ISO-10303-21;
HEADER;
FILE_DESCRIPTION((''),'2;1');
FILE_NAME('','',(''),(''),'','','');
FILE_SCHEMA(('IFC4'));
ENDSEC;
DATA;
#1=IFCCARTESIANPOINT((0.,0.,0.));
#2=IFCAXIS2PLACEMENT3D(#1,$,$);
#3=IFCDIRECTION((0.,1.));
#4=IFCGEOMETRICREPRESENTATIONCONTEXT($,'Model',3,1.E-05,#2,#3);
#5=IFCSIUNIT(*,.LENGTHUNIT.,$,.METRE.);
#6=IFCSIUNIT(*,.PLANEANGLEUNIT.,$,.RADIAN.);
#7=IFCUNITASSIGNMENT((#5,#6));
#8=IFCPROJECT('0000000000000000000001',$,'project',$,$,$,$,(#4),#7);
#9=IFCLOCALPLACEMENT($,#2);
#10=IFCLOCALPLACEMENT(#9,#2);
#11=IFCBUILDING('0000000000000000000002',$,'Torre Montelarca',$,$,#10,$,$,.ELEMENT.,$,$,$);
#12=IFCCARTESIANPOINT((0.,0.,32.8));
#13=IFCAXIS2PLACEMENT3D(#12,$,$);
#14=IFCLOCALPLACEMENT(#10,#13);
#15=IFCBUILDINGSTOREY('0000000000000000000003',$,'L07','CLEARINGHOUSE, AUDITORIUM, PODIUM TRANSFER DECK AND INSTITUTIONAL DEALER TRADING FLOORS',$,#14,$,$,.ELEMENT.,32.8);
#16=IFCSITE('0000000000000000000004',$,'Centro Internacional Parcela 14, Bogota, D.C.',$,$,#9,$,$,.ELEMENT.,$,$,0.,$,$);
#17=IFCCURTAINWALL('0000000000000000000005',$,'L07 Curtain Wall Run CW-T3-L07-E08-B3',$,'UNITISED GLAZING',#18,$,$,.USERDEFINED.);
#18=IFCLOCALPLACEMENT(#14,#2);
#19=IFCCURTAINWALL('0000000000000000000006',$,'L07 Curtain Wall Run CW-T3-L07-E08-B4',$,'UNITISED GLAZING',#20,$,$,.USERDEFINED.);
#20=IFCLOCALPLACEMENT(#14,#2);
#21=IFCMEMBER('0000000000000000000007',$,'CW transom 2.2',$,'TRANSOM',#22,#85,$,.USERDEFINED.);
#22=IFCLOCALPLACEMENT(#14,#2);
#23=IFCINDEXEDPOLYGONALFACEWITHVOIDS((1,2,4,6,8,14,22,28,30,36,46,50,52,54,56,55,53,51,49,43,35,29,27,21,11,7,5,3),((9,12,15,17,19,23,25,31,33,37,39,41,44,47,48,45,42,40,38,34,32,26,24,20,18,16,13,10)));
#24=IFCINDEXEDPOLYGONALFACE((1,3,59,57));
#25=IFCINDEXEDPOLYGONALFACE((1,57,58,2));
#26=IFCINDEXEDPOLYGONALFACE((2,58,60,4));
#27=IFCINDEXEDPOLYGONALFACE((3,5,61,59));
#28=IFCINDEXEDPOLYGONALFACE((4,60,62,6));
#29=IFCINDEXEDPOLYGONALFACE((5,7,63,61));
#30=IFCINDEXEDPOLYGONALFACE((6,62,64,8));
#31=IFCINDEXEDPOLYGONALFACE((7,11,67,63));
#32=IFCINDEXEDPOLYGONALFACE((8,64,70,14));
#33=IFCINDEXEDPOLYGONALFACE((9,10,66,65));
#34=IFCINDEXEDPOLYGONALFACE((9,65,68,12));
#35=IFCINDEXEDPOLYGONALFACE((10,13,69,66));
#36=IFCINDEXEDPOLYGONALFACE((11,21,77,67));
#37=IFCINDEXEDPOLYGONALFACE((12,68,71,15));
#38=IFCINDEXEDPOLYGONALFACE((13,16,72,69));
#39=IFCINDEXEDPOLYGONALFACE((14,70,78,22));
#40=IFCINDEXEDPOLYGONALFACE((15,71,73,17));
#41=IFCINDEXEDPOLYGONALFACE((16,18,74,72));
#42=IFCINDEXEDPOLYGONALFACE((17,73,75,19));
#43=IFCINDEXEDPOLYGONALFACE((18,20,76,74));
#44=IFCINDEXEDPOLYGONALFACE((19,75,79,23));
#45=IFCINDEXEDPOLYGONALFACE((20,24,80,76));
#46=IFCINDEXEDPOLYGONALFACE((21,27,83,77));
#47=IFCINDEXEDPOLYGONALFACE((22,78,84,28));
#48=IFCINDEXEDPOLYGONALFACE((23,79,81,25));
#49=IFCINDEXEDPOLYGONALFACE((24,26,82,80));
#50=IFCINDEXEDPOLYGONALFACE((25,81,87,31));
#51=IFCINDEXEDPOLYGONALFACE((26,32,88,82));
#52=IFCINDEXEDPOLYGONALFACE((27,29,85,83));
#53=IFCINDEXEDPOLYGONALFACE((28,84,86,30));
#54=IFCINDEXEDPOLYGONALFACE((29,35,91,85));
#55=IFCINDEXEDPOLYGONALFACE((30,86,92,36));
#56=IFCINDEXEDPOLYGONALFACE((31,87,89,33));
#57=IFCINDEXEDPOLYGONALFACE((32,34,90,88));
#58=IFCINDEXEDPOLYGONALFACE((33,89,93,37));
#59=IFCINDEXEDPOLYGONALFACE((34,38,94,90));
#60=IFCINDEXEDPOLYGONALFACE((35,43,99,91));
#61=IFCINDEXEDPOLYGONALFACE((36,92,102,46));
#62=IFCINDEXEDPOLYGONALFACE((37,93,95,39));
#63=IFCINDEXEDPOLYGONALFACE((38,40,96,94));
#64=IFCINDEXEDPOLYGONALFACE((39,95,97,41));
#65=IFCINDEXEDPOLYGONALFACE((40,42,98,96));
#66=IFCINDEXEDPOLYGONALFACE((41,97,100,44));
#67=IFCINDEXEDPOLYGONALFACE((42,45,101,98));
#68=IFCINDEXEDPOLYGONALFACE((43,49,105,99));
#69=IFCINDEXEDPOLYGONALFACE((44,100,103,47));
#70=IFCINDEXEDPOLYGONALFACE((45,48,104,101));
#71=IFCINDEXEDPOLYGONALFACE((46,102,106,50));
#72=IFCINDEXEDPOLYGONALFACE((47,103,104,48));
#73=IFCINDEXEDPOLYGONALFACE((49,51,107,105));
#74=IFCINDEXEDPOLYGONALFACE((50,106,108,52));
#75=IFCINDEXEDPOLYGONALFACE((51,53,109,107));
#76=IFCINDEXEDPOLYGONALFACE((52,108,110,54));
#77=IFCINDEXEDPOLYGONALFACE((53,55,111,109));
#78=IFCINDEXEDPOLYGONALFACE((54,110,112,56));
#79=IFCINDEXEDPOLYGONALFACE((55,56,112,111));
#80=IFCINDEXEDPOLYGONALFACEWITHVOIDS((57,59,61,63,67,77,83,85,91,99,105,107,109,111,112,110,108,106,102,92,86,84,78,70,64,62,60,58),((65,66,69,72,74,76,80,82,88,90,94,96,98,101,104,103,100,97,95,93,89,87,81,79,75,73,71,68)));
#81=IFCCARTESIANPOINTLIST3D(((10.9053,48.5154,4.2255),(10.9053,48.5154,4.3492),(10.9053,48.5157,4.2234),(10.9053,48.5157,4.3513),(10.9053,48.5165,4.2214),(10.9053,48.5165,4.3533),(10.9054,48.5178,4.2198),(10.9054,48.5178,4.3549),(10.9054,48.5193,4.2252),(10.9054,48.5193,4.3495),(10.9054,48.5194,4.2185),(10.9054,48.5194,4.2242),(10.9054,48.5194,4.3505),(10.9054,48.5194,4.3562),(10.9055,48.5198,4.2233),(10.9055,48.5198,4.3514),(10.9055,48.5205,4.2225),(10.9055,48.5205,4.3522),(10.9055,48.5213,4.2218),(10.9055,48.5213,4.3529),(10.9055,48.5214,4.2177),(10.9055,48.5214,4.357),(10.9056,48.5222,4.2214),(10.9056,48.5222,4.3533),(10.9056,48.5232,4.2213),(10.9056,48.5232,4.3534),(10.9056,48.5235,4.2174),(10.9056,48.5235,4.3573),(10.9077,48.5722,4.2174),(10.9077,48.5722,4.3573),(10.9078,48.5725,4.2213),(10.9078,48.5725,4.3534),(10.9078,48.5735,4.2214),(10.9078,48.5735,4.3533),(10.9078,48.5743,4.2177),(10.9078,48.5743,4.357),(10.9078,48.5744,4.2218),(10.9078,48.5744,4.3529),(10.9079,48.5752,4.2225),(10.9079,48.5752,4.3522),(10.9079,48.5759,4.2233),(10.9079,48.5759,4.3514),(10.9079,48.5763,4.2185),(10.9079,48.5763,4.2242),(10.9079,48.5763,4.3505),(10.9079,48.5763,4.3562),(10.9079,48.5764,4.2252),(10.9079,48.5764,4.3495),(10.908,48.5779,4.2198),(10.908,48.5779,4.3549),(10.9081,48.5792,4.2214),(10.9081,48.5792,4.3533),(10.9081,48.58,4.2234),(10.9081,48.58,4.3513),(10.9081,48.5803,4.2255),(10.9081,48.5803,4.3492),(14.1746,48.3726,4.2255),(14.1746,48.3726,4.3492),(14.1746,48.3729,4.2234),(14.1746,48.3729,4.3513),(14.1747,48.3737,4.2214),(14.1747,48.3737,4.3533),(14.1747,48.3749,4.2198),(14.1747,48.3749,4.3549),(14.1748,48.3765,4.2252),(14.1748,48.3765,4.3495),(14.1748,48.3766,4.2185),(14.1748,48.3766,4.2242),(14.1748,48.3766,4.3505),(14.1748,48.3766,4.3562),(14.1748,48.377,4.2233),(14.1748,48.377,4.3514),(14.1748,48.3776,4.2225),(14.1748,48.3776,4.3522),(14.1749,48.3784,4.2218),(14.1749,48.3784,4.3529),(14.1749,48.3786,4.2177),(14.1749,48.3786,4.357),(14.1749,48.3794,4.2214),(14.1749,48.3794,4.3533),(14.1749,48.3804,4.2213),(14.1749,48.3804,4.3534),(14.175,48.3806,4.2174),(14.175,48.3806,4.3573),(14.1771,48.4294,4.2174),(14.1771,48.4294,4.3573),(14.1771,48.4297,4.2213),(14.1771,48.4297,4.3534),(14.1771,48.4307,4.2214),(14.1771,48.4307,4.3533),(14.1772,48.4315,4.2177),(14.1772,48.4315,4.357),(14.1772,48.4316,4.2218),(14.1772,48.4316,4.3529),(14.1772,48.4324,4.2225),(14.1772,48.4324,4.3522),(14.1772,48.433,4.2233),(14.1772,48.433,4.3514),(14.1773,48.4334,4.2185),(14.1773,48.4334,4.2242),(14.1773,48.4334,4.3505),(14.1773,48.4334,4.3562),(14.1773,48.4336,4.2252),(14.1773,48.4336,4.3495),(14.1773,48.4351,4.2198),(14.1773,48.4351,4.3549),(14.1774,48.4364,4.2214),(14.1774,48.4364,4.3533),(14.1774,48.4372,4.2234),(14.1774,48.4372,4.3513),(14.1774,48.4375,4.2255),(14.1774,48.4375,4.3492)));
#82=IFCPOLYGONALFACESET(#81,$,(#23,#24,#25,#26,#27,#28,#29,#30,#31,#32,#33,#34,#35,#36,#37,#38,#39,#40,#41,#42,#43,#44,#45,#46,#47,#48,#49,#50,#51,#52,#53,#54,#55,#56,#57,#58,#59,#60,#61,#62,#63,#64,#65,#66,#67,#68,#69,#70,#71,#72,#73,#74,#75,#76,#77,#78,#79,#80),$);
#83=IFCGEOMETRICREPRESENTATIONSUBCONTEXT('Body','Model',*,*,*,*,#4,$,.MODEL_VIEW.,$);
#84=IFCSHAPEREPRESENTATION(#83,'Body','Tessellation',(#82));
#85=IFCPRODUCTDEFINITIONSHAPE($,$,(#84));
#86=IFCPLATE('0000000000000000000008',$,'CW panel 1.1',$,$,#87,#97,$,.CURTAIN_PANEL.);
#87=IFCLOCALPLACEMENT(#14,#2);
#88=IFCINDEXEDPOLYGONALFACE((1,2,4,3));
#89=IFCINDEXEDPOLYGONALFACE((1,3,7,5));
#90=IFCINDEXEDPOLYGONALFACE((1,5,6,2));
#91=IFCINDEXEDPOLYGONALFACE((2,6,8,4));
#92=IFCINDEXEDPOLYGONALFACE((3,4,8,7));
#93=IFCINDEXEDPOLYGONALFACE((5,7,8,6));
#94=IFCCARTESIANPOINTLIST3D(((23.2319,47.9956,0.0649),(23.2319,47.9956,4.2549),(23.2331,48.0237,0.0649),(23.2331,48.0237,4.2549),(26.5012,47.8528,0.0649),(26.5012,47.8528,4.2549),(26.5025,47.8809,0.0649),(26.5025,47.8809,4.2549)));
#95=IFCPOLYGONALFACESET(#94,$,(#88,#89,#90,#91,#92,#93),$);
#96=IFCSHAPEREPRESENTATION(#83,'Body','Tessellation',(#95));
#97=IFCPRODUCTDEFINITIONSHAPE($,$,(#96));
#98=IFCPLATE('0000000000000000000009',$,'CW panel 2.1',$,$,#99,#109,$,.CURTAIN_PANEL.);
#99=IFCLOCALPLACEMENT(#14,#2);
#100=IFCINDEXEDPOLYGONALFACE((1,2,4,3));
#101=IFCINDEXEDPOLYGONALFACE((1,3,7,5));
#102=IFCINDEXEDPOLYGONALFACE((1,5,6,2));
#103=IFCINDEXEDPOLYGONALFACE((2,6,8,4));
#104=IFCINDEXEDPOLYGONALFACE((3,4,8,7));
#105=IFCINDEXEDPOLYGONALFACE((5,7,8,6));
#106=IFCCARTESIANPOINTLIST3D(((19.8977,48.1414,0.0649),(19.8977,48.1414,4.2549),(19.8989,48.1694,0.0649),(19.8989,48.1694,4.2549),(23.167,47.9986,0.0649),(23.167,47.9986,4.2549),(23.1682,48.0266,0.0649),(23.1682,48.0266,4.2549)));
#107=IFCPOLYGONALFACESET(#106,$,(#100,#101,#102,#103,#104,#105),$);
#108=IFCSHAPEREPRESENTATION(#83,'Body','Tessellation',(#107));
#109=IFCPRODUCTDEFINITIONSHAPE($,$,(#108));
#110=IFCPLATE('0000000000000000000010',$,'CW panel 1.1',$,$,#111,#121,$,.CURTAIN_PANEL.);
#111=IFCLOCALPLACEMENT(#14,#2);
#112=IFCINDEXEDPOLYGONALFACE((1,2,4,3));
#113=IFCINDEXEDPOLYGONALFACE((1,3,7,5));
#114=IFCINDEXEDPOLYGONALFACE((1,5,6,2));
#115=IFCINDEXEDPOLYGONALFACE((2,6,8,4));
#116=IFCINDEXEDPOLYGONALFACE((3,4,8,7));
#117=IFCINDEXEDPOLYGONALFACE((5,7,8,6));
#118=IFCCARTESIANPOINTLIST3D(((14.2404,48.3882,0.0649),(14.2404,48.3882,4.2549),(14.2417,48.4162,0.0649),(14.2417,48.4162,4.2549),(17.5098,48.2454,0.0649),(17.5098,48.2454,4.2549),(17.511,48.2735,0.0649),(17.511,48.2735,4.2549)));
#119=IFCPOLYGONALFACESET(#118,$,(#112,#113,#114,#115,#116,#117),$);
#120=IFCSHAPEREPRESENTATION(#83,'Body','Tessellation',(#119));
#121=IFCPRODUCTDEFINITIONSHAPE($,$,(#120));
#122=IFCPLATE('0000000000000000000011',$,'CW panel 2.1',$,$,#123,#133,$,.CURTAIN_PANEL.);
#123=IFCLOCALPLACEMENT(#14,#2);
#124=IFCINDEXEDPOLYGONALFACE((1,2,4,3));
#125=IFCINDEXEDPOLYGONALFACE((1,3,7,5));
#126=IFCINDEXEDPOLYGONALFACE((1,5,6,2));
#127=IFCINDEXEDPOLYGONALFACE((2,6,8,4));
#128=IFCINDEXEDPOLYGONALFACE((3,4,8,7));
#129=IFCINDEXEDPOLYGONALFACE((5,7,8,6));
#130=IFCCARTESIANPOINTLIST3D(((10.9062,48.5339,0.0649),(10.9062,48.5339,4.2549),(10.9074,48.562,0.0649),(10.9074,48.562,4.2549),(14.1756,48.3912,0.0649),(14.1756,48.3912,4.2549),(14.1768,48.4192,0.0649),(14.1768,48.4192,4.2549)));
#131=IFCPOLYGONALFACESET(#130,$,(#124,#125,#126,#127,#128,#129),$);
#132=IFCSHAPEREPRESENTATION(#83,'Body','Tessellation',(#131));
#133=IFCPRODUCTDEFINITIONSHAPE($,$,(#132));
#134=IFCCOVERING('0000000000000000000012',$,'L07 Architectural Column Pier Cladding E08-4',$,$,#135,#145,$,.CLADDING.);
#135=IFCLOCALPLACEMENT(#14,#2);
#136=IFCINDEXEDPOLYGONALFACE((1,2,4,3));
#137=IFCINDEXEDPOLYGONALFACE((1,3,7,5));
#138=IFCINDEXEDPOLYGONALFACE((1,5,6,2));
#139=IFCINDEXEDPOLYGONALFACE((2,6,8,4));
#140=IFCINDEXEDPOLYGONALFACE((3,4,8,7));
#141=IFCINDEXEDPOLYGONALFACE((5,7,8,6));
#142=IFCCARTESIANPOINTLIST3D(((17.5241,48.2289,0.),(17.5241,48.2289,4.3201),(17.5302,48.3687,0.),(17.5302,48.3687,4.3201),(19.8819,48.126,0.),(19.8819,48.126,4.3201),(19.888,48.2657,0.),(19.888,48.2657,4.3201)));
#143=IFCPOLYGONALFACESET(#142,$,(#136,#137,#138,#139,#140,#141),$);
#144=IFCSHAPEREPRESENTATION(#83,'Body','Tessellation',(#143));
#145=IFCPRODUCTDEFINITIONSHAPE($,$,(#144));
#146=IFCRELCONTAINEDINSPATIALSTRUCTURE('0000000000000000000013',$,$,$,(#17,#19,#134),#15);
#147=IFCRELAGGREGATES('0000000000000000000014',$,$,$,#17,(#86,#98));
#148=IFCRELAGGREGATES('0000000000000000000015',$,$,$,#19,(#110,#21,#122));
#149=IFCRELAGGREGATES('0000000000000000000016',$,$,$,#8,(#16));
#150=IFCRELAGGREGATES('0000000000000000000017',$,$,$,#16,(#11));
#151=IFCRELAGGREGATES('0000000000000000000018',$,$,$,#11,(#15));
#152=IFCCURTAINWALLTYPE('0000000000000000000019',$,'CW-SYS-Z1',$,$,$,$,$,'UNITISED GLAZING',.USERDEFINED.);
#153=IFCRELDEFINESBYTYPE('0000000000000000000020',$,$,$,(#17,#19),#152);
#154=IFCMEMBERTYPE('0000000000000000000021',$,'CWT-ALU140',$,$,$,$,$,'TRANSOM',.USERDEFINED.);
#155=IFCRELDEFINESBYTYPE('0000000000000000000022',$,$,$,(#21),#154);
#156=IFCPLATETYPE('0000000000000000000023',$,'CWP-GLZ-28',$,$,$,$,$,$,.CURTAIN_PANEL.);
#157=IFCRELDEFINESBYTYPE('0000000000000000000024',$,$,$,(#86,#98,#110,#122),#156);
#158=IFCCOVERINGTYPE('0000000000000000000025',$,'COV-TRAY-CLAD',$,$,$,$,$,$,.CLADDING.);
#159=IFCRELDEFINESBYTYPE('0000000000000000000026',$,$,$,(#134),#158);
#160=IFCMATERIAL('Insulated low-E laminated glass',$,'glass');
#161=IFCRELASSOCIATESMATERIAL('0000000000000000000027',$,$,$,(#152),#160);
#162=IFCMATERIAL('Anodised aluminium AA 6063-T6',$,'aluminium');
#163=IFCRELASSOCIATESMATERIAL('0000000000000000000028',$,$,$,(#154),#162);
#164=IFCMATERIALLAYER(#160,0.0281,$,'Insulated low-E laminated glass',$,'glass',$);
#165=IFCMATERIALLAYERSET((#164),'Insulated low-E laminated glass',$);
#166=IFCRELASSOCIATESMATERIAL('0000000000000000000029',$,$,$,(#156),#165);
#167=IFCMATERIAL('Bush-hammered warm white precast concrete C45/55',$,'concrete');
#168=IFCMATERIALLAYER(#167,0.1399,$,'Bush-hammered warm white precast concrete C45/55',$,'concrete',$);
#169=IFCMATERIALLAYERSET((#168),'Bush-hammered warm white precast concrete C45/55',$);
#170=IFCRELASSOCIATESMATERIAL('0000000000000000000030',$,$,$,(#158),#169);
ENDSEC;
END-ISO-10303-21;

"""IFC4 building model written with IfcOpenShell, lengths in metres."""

from ifc_helpers import new_model, si_unit, direction, frame, origin, origin_2d, place, context, subcontext, project, spatial, rectangle, hollow_rectangle, extrude, source, transform, mapped, material, layer, layer_set, material_profile, profile_set, type_object, element, aggregate, save


model = new_model("IFC4")

# Units and contexts
model_context = context("Model", 3, precision=1e-05, world=origin(), true_north=direction((0.0, 1.0)))
body_context = subcontext(model_context, "Body", "Model", "MODEL_VIEW")
ifc_project = project(units=[si_unit("LENGTHUNIT", "METRE"), si_unit("PLANEANGLEUNIT", "RADIAN")], contexts=[model_context])

# Site, building, storey
site_placement = place(None, origin())
site = spatial("IfcSite", under=ifc_project, at=site_placement, Name="Centro Internacional Parcela 14, Bogota, D.C.", CompositionType="ELEMENT", RefElevation=0.0)
building_placement = place(site_placement, origin())
building = spatial("IfcBuilding", under=site, at=building_placement, Name="Torre Montelarca", CompositionType="ELEMENT")
storey_placement = place(building_placement, frame((0.0, 0.0, 32.8)))
storey = spatial("IfcBuildingStorey", under=building, at=storey_placement, Name="L07", Description="CLEARINGHOUSE, AUDITORIUM, PODIUM TRANSFER DECK AND INSTITUTIONAL DEALER TRADING FLOORS", CompositionType="ELEMENT", Elevation=32.8)

# Curtain walls
ifc_material_1 = material(Name="Insulated low-E laminated glass", Category="glass")
curtain_wall_type = type_object("IfcCurtainWallType", Name="CW-SYS-Z1", ElementType="UNITISED GLAZING", PredefinedType="USERDEFINED", material=ifc_material_1)
curtain_wall_1_placement = place(storey_placement, origin())
curtain_wall_1 = element("IfcCurtainWall", 1, at=curtain_wall_1_placement, inside=storey, type_object=curtain_wall_type, Name="L07 Curtain Wall Run CW-T3-L07-E08-B3", ObjectType="UNITISED GLAZING", PredefinedType="USERDEFINED")
ifc_material_2 = material(Name="Anodised aluminium AA 6063-T6", Category="aluminium")
curtain_wall_2_placement = place(storey_placement, origin())
curtain_wall_2 = element("IfcCurtainWall", 2, at=curtain_wall_2_placement, inside=storey, type_object=curtain_wall_type, Name="L07 Curtain Wall Run CW-T3-L07-E08-B4", ObjectType="UNITISED GLAZING", PredefinedType="USERDEFINED")

# Member
ifc_material_profile_1 = material_profile(ifc_material_2, hollow_rectangle(XDim=0.0649, YDim=0.1399, WallThickness=0.0039, InnerFilletRadius=0.0039, OuterFilletRadius=0.0081, at=origin_2d()), Name="ALU65X140X4", Category="aluminium")
ifc_profile_set_1 = profile_set([ifc_material_profile_1], Name="Anodised aluminium AA 6063-T6")
member_type_1 = type_object("IfcMemberType", Name="CWT-ALU140", ElementType="TRANSOM", PredefinedType="USERDEFINED", material=ifc_profile_set_1)
shared_shape_1 = source(origin(), body_context, "Body", "SweptSolid", [
    extrude(hollow_rectangle(XDim=0.0649, YDim=0.1399, WallThickness=0.0039, InnerFilletRadius=0.0039, OuterFilletRadius=0.0081, at=origin_2d()), origin(), (0.0, 0.0, 1.0), 3.2725),
])
member_1_placement = place(storey_placement, frame((14.176, 48.405, 4.2874), z_axis=(-0.999047, 0.043644, 0.0), x_axis=(-0.043644, -0.999047, 0.0)))
member_1 = element("IfcMember", 3, at=member_1_placement, type_object=member_type_1, Name="CW transom 2.2", ObjectType="TRANSOM", PredefinedType="USERDEFINED", context=body_context, shape_type="MappedRepresentation", body=[
    mapped(shared_shape_1, transform((0.0, 0.0, 0.0), scale=1.0)),
])

# Plates
ifc_layer_1 = layer(ifc_material_1, 0.0281, Name="Insulated low-E laminated glass", Category="glass")
ifc_layer_set_1 = layer_set([ifc_layer_1], Name="Insulated low-E laminated glass")
plate_type = type_object("IfcPlateType", Name="CWP-GLZ-28", PredefinedType="CURTAIN_PANEL", material=ifc_layer_set_1)
shared_shape_2 = source(origin(), body_context, "Body", "SweptSolid", [
    extrude(rectangle(XDim=3.2725, YDim=0.0281, at=origin_2d()), origin(), (0.0, 0.0, 1.0), 4.1899),
])
plate_1_placement = place(storey_placement, frame((24.8672, 47.9382, 0.0649), z_axis=(0.0, 0.0, 1.0), x_axis=(-0.999048, 0.043636, 0.0)))
plate_1 = element("IfcPlate", 4, at=plate_1_placement, type_object=plate_type, Name="CW panel 1.1", PredefinedType="CURTAIN_PANEL", context=body_context, shape_type="MappedRepresentation", body=[
    mapped(shared_shape_2, transform((0.0, 0.0, 0.0), scale=1.0)),
])
plate_2_placement = place(storey_placement, frame((21.533, 48.084, 0.0649), z_axis=(0.0, 0.0, 1.0), x_axis=(-0.999048, 0.043636, 0.0)))
plate_2 = element("IfcPlate", 5, at=plate_2_placement, type_object=plate_type, Name="CW panel 2.1", PredefinedType="CURTAIN_PANEL", context=body_context, shape_type="MappedRepresentation", body=[
    mapped(shared_shape_2, transform((0.0, 0.0, 0.0), scale=1.0)),
])
aggregate(curtain_wall_1, [plate_1, plate_2])
plate_3_placement = place(storey_placement, frame((15.8757, 48.3308, 0.0649), z_axis=(0.0, 0.0, 1.0), x_axis=(-0.999048, 0.04362, 0.0)))
plate_3 = element("IfcPlate", 6, at=plate_3_placement, type_object=plate_type, Name="CW panel 1.1", PredefinedType="CURTAIN_PANEL", context=body_context, shape_type="MappedRepresentation", body=[
    mapped(shared_shape_2, transform((0.0, 0.0, 0.0), scale=1.0)),
])
plate_4_placement = place(storey_placement, frame((12.5415, 48.4766, 0.0649), z_axis=(0.0, 0.0, 1.0), x_axis=(-0.999048, 0.04362, 0.0)))
plate_4 = element("IfcPlate", 7, at=plate_4_placement, type_object=plate_type, Name="CW panel 2.1", PredefinedType="CURTAIN_PANEL", context=body_context, shape_type="MappedRepresentation", body=[
    mapped(shared_shape_2, transform((0.0, 0.0, 0.0), scale=1.0)),
])
aggregate(curtain_wall_2, [plate_3, member_1, plate_4])

# Covering
ifc_material_3 = material(Name="Bush-hammered warm white precast concrete C45/55", Category="concrete")
ifc_layer_2 = layer(ifc_material_3, 0.1399, Name="Bush-hammered warm white precast concrete C45/55", Category="concrete")
ifc_layer_set_2 = layer_set([ifc_layer_2], Name="Bush-hammered warm white precast concrete C45/55")
covering_type = type_object("IfcCoveringType", Name="COV-TRAY-CLAD", PredefinedType="CLADDING", material=ifc_layer_set_2)
shared_shape_3 = source(origin(), body_context, "Body", "SweptSolid", [
    extrude(rectangle(XDim=2.3601, YDim=0.1399, at=origin_2d()), origin(), (0.0, 0.0, 1.0), 4.3201),
])
covering_placement = place(storey_placement, frame((18.7061, 48.2473, 0.0), z_axis=(0.0, 0.0, 1.0), x_axis=(-0.999048, 0.043621, 0.0)))
element("IfcCovering", 8, at=covering_placement, inside=storey, type_object=covering_type, Name="L07 Architectural Column Pier Cladding E08-4", PredefinedType="CLADDING", context=body_context, shape_type="MappedRepresentation", body=[
    mapped(shared_shape_3, transform((0.0, 0.0, 0.0), scale=1.0)),
])

save(model, "model.ifc")
